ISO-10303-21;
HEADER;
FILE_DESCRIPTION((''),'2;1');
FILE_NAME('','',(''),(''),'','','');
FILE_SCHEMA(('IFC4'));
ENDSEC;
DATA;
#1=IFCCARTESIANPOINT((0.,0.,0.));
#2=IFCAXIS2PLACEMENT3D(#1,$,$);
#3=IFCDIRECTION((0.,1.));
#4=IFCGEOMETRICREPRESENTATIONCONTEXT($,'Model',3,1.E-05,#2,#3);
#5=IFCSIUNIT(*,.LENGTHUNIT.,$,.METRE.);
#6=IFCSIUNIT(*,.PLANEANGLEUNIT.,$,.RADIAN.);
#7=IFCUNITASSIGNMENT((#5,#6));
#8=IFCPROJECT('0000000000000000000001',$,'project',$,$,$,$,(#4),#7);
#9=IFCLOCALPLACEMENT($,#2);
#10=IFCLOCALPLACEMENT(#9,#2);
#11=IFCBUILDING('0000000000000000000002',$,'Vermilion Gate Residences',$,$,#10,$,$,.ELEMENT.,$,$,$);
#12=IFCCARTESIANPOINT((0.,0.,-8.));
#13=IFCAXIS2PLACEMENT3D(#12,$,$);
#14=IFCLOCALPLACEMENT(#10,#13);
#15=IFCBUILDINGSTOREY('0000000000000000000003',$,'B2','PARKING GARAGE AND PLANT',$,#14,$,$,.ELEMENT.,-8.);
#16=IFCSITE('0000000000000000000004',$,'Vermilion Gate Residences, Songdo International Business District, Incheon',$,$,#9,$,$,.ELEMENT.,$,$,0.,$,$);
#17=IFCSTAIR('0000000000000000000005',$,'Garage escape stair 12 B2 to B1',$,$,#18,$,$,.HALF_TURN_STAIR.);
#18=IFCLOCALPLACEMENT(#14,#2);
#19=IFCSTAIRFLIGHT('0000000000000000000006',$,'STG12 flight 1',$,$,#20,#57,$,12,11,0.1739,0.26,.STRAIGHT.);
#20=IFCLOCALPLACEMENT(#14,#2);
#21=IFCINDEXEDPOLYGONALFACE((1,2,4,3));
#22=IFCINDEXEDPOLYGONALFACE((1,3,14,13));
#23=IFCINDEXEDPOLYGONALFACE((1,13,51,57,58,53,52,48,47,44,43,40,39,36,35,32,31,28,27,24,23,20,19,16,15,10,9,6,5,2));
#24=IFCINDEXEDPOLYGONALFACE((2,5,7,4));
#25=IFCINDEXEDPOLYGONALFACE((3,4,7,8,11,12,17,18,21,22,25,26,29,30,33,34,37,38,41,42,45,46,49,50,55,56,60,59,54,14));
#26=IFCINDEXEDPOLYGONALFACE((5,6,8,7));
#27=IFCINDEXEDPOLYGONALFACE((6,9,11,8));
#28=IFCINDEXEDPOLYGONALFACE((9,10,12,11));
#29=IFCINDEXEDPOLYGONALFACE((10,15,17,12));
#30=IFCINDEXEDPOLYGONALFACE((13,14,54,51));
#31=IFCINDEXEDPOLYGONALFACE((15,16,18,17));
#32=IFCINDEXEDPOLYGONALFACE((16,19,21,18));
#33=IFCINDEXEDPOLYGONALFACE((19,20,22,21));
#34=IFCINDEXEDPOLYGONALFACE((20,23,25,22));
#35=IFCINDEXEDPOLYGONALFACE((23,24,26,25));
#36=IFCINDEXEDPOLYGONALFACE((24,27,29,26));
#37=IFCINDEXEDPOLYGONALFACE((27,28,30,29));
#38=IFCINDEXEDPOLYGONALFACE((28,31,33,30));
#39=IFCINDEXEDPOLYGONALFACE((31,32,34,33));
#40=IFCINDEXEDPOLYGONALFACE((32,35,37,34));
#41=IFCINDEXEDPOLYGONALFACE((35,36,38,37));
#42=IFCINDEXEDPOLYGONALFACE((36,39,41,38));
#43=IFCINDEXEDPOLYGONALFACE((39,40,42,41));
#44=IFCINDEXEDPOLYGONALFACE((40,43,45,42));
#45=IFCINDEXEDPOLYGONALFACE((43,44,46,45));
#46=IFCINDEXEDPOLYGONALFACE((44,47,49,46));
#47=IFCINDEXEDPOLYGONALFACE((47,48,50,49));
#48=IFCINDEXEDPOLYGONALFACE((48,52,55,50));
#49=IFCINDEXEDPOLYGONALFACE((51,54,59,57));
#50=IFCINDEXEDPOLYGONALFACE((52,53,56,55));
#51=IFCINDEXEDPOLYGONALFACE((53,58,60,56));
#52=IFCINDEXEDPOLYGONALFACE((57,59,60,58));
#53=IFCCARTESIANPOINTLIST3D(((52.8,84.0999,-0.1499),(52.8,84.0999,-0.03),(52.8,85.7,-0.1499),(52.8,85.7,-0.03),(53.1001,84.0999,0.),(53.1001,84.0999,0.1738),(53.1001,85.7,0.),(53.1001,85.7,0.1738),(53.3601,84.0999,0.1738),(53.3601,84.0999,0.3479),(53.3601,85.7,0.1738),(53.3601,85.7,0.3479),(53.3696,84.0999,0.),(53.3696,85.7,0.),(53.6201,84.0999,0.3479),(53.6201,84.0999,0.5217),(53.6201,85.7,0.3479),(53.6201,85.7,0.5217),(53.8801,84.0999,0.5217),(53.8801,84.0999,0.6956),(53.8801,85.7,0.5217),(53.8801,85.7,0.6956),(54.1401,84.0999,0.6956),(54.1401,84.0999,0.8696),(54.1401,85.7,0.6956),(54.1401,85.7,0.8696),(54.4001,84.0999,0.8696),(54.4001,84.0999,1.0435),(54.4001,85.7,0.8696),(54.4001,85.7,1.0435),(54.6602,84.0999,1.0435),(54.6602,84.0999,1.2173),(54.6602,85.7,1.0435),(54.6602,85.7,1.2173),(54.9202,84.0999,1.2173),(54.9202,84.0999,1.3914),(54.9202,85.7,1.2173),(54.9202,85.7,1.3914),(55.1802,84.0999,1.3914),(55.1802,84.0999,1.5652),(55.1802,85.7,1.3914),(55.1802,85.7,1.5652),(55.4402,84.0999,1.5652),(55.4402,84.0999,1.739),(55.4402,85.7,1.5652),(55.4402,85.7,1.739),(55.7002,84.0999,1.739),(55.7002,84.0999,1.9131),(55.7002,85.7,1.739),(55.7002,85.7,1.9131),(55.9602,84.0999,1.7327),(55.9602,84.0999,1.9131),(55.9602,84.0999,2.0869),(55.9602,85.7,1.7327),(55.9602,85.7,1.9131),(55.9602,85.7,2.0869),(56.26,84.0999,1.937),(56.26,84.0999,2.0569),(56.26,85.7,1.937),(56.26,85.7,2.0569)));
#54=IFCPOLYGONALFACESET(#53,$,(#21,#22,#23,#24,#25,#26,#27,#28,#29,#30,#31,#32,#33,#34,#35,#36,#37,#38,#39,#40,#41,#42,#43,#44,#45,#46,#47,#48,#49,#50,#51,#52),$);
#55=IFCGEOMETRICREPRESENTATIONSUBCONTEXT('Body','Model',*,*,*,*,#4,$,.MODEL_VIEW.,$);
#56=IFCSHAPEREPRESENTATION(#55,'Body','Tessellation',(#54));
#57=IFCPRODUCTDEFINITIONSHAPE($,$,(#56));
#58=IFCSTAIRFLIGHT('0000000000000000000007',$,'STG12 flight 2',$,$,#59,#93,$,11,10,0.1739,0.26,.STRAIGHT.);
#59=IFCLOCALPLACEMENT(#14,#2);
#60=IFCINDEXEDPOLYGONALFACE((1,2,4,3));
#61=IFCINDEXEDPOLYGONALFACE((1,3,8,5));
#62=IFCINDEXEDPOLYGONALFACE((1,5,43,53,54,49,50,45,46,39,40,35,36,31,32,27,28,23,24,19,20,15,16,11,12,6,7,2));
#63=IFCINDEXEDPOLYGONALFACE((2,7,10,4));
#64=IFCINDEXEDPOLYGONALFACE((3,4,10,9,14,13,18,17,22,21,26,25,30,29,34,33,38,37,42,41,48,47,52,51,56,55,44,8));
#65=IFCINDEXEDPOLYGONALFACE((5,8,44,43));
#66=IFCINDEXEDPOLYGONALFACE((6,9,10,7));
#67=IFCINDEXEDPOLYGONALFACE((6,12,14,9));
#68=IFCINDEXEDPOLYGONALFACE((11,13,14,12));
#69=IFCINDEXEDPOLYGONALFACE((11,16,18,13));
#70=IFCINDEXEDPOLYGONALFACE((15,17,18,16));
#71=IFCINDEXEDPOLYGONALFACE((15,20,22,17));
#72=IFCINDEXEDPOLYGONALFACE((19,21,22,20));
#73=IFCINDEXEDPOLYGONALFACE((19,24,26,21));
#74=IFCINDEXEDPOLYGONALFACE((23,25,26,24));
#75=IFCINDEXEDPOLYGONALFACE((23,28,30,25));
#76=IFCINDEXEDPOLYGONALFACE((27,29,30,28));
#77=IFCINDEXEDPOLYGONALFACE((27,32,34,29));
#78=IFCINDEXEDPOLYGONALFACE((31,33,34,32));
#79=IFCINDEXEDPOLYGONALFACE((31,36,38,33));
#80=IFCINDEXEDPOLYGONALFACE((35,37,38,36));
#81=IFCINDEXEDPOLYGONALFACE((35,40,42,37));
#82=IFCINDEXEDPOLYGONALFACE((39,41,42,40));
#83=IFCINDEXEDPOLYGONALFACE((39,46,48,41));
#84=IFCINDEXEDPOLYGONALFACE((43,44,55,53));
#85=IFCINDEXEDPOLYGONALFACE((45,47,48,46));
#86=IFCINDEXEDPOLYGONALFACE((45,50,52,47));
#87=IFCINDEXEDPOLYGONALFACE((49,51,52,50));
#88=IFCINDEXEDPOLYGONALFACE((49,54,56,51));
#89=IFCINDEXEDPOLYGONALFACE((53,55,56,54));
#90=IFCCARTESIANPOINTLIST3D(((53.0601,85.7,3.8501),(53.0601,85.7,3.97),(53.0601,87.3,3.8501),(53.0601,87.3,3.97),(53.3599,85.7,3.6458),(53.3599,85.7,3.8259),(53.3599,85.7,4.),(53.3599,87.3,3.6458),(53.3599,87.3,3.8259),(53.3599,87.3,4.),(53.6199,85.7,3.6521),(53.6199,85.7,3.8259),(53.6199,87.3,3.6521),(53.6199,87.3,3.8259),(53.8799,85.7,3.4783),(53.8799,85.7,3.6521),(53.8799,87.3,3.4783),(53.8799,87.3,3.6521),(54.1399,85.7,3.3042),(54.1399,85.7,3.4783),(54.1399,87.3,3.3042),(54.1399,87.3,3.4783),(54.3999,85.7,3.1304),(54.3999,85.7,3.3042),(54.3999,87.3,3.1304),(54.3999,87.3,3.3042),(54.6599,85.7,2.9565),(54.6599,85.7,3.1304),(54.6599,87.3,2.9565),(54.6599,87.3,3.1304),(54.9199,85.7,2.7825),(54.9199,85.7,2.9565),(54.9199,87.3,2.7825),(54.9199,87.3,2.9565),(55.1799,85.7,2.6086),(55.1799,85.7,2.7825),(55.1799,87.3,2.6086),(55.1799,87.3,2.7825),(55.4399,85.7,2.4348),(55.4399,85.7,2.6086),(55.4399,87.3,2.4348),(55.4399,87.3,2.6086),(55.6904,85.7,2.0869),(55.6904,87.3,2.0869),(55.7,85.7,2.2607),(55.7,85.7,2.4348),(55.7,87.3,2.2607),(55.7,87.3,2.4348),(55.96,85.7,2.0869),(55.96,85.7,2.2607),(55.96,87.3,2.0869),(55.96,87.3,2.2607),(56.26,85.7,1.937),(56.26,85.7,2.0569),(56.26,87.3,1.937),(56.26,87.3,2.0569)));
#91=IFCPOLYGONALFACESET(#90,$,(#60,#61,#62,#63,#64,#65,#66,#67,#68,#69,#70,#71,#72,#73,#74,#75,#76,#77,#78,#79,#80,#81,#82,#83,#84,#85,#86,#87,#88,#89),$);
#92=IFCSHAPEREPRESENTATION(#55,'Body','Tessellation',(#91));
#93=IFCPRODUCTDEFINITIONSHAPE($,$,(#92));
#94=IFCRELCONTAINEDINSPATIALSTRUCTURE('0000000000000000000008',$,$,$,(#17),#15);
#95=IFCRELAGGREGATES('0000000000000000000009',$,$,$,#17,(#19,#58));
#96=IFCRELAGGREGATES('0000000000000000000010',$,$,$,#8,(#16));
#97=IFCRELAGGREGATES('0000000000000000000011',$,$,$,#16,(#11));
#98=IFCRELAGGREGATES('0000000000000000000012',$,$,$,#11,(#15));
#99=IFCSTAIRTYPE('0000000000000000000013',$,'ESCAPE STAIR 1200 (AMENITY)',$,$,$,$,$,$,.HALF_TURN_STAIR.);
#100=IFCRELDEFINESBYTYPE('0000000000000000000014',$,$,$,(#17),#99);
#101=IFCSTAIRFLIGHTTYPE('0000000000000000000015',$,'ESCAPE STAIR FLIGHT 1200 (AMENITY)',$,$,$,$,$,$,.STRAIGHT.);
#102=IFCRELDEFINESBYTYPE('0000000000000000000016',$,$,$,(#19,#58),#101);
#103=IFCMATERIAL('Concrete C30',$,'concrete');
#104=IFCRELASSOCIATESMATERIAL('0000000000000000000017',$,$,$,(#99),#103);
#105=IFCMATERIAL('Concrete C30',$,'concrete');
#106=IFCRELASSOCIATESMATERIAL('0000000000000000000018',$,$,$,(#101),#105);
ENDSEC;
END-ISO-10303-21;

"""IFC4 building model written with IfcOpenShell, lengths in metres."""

from ifc_helpers import new_model, si_unit, direction, frame, origin, place, context, subcontext, project, spatial, polyline, outline, extrude, material, type_object, element, aggregate, save


model = new_model("IFC4")

# Units and contexts
model_context = context("Model", 3, precision=1e-05, world=origin(), true_north=direction((0.0, 1.0)))
body_context = subcontext(model_context, "Body", "Model", "MODEL_VIEW")
ifc_project = project(units=[si_unit("LENGTHUNIT", "METRE"), si_unit("PLANEANGLEUNIT", "RADIAN")], contexts=[model_context])

# Site, building, storey
site_placement = place(None, origin())
site = spatial("IfcSite", under=ifc_project, at=site_placement, Name="Vermilion Gate Residences, Songdo International Business District, Incheon", CompositionType="ELEMENT", RefElevation=0.0)
building_placement = place(site_placement, origin())
building = spatial("IfcBuilding", under=site, at=building_placement, Name="Vermilion Gate Residences", CompositionType="ELEMENT")
storey_placement = place(building_placement, frame((0.0, 0.0, -8.0)))
storey = spatial("IfcBuildingStorey", under=building, at=storey_placement, Name="B2", Description="PARKING GARAGE AND PLANT", CompositionType="ELEMENT", Elevation=-8.0)

# Stair, stair flights
ifc_material_1 = material(Name="Concrete C30", Category="concrete")
stair_type = type_object("IfcStairType", Name="ESCAPE STAIR 1200 (AMENITY)", PredefinedType="HALF_TURN_STAIR", material=ifc_material_1)
stair_placement = place(storey_placement, origin())
stair = element("IfcStair", 1, at=stair_placement, inside=storey, type_object=stair_type, Name="Garage escape stair 12 B2 to B1", PredefinedType="HALF_TURN_STAIR")
ifc_material_2 = material(Name="Concrete C30", Category="concrete")
stair_flight_type = type_object("IfcStairFlightType", Name="ESCAPE STAIR FLIGHT 1200 (AMENITY)", PredefinedType="STRAIGHT", material=ifc_material_2)
stair_flight_1_placement = place(storey_placement, frame((53.1001, 84.8999, 0.0), z_axis=(0.0, 0.0, 1.0), x_axis=(1.0, 0.0, 0.0)))
stair_flight_1 = element("IfcStairFlight", 2, at=stair_flight_1_placement, type_object=stair_flight_type, Name="STG12 flight 1", NumberOfRisers=12, NumberOfTreads=11, PredefinedType="STRAIGHT", RiserHeight=0.1739, TreadLength=0.26, context=body_context, shape_type="SweptSolid", body=[
    extrude(outline(polyline([(-0.3, -0.1499), (-0.3, -0.03), (0.0, 0.0), (0.0, 0.1738), (0.26, 0.1738), (0.26, 0.3479), (0.52, 0.3479), (0.52, 0.5217), (0.78, 0.5217), (0.78, 0.6956), (1.04, 0.6956), (1.04, 0.8696), (1.3, 0.8696), (1.3, 1.0435), (1.5601, 1.0435), (1.5601, 1.2173), (1.8201, 1.2173), (1.8201, 1.3914), (2.0801, 1.3914), (2.0801, 1.5652), (2.3401, 1.5652), (2.3401, 1.739), (2.6001, 1.739), (2.6001, 1.9131), (2.8601, 1.9131), (2.8601, 2.0869), (3.1599, 2.0569), (3.1599, 1.937), (2.8601, 1.7327), (0.2695, 0.0), (-0.3, -0.1499)])), frame((0.0, 0.8, 0.0), z_axis=(0.0, -1.0, 0.0), x_axis=(1.0, 0.0, 0.0)), (0.0, 0.0, 1.0), 1.6001),
])
stair_flight_2_placement = place(storey_placement, frame((55.96, 86.5, 2.0869), z_axis=(0.0, 0.0, 1.0), x_axis=(-1.0, 0.0, 0.0)))
stair_flight_2 = element("IfcStairFlight", 3, at=stair_flight_2_placement, type_object=stair_flight_type, Name="STG12 flight 2", NumberOfRisers=11, NumberOfTreads=10, PredefinedType="STRAIGHT", RiserHeight=0.1739, TreadLength=0.26, context=body_context, shape_type="SweptSolid", body=[
    extrude(outline(polyline([(-0.3, -0.1499), (-0.3, -0.03), (0.0, 0.0), (0.0, 0.1738), (0.26, 0.1738), (0.26, 0.3479), (0.52, 0.3479), (0.52, 0.5217), (0.78, 0.5217), (0.78, 0.6956), (1.04, 0.6956), (1.04, 0.8696), (1.3, 0.8696), (1.3, 1.0435), (1.5601, 1.0435), (1.5601, 1.2173), (1.8201, 1.2173), (1.8201, 1.3914), (2.0801, 1.3914), (2.0801, 1.5652), (2.3401, 1.5652), (2.3401, 1.739), (2.6001, 1.739), (2.6001, 1.9131), (2.8999, 1.8831), (2.8999, 1.7632), (2.6001, 1.5588), (0.2695, 0.0), (-0.3, -0.1499)])), frame((0.0, 0.8, 0.0), z_axis=(0.0, -1.0, 0.0), x_axis=(1.0, 0.0, 0.0)), (0.0, 0.0, 1.0), 1.6001),
])
aggregate(stair, [stair_flight_1, stair_flight_2])

save(model, "model.ifc")
